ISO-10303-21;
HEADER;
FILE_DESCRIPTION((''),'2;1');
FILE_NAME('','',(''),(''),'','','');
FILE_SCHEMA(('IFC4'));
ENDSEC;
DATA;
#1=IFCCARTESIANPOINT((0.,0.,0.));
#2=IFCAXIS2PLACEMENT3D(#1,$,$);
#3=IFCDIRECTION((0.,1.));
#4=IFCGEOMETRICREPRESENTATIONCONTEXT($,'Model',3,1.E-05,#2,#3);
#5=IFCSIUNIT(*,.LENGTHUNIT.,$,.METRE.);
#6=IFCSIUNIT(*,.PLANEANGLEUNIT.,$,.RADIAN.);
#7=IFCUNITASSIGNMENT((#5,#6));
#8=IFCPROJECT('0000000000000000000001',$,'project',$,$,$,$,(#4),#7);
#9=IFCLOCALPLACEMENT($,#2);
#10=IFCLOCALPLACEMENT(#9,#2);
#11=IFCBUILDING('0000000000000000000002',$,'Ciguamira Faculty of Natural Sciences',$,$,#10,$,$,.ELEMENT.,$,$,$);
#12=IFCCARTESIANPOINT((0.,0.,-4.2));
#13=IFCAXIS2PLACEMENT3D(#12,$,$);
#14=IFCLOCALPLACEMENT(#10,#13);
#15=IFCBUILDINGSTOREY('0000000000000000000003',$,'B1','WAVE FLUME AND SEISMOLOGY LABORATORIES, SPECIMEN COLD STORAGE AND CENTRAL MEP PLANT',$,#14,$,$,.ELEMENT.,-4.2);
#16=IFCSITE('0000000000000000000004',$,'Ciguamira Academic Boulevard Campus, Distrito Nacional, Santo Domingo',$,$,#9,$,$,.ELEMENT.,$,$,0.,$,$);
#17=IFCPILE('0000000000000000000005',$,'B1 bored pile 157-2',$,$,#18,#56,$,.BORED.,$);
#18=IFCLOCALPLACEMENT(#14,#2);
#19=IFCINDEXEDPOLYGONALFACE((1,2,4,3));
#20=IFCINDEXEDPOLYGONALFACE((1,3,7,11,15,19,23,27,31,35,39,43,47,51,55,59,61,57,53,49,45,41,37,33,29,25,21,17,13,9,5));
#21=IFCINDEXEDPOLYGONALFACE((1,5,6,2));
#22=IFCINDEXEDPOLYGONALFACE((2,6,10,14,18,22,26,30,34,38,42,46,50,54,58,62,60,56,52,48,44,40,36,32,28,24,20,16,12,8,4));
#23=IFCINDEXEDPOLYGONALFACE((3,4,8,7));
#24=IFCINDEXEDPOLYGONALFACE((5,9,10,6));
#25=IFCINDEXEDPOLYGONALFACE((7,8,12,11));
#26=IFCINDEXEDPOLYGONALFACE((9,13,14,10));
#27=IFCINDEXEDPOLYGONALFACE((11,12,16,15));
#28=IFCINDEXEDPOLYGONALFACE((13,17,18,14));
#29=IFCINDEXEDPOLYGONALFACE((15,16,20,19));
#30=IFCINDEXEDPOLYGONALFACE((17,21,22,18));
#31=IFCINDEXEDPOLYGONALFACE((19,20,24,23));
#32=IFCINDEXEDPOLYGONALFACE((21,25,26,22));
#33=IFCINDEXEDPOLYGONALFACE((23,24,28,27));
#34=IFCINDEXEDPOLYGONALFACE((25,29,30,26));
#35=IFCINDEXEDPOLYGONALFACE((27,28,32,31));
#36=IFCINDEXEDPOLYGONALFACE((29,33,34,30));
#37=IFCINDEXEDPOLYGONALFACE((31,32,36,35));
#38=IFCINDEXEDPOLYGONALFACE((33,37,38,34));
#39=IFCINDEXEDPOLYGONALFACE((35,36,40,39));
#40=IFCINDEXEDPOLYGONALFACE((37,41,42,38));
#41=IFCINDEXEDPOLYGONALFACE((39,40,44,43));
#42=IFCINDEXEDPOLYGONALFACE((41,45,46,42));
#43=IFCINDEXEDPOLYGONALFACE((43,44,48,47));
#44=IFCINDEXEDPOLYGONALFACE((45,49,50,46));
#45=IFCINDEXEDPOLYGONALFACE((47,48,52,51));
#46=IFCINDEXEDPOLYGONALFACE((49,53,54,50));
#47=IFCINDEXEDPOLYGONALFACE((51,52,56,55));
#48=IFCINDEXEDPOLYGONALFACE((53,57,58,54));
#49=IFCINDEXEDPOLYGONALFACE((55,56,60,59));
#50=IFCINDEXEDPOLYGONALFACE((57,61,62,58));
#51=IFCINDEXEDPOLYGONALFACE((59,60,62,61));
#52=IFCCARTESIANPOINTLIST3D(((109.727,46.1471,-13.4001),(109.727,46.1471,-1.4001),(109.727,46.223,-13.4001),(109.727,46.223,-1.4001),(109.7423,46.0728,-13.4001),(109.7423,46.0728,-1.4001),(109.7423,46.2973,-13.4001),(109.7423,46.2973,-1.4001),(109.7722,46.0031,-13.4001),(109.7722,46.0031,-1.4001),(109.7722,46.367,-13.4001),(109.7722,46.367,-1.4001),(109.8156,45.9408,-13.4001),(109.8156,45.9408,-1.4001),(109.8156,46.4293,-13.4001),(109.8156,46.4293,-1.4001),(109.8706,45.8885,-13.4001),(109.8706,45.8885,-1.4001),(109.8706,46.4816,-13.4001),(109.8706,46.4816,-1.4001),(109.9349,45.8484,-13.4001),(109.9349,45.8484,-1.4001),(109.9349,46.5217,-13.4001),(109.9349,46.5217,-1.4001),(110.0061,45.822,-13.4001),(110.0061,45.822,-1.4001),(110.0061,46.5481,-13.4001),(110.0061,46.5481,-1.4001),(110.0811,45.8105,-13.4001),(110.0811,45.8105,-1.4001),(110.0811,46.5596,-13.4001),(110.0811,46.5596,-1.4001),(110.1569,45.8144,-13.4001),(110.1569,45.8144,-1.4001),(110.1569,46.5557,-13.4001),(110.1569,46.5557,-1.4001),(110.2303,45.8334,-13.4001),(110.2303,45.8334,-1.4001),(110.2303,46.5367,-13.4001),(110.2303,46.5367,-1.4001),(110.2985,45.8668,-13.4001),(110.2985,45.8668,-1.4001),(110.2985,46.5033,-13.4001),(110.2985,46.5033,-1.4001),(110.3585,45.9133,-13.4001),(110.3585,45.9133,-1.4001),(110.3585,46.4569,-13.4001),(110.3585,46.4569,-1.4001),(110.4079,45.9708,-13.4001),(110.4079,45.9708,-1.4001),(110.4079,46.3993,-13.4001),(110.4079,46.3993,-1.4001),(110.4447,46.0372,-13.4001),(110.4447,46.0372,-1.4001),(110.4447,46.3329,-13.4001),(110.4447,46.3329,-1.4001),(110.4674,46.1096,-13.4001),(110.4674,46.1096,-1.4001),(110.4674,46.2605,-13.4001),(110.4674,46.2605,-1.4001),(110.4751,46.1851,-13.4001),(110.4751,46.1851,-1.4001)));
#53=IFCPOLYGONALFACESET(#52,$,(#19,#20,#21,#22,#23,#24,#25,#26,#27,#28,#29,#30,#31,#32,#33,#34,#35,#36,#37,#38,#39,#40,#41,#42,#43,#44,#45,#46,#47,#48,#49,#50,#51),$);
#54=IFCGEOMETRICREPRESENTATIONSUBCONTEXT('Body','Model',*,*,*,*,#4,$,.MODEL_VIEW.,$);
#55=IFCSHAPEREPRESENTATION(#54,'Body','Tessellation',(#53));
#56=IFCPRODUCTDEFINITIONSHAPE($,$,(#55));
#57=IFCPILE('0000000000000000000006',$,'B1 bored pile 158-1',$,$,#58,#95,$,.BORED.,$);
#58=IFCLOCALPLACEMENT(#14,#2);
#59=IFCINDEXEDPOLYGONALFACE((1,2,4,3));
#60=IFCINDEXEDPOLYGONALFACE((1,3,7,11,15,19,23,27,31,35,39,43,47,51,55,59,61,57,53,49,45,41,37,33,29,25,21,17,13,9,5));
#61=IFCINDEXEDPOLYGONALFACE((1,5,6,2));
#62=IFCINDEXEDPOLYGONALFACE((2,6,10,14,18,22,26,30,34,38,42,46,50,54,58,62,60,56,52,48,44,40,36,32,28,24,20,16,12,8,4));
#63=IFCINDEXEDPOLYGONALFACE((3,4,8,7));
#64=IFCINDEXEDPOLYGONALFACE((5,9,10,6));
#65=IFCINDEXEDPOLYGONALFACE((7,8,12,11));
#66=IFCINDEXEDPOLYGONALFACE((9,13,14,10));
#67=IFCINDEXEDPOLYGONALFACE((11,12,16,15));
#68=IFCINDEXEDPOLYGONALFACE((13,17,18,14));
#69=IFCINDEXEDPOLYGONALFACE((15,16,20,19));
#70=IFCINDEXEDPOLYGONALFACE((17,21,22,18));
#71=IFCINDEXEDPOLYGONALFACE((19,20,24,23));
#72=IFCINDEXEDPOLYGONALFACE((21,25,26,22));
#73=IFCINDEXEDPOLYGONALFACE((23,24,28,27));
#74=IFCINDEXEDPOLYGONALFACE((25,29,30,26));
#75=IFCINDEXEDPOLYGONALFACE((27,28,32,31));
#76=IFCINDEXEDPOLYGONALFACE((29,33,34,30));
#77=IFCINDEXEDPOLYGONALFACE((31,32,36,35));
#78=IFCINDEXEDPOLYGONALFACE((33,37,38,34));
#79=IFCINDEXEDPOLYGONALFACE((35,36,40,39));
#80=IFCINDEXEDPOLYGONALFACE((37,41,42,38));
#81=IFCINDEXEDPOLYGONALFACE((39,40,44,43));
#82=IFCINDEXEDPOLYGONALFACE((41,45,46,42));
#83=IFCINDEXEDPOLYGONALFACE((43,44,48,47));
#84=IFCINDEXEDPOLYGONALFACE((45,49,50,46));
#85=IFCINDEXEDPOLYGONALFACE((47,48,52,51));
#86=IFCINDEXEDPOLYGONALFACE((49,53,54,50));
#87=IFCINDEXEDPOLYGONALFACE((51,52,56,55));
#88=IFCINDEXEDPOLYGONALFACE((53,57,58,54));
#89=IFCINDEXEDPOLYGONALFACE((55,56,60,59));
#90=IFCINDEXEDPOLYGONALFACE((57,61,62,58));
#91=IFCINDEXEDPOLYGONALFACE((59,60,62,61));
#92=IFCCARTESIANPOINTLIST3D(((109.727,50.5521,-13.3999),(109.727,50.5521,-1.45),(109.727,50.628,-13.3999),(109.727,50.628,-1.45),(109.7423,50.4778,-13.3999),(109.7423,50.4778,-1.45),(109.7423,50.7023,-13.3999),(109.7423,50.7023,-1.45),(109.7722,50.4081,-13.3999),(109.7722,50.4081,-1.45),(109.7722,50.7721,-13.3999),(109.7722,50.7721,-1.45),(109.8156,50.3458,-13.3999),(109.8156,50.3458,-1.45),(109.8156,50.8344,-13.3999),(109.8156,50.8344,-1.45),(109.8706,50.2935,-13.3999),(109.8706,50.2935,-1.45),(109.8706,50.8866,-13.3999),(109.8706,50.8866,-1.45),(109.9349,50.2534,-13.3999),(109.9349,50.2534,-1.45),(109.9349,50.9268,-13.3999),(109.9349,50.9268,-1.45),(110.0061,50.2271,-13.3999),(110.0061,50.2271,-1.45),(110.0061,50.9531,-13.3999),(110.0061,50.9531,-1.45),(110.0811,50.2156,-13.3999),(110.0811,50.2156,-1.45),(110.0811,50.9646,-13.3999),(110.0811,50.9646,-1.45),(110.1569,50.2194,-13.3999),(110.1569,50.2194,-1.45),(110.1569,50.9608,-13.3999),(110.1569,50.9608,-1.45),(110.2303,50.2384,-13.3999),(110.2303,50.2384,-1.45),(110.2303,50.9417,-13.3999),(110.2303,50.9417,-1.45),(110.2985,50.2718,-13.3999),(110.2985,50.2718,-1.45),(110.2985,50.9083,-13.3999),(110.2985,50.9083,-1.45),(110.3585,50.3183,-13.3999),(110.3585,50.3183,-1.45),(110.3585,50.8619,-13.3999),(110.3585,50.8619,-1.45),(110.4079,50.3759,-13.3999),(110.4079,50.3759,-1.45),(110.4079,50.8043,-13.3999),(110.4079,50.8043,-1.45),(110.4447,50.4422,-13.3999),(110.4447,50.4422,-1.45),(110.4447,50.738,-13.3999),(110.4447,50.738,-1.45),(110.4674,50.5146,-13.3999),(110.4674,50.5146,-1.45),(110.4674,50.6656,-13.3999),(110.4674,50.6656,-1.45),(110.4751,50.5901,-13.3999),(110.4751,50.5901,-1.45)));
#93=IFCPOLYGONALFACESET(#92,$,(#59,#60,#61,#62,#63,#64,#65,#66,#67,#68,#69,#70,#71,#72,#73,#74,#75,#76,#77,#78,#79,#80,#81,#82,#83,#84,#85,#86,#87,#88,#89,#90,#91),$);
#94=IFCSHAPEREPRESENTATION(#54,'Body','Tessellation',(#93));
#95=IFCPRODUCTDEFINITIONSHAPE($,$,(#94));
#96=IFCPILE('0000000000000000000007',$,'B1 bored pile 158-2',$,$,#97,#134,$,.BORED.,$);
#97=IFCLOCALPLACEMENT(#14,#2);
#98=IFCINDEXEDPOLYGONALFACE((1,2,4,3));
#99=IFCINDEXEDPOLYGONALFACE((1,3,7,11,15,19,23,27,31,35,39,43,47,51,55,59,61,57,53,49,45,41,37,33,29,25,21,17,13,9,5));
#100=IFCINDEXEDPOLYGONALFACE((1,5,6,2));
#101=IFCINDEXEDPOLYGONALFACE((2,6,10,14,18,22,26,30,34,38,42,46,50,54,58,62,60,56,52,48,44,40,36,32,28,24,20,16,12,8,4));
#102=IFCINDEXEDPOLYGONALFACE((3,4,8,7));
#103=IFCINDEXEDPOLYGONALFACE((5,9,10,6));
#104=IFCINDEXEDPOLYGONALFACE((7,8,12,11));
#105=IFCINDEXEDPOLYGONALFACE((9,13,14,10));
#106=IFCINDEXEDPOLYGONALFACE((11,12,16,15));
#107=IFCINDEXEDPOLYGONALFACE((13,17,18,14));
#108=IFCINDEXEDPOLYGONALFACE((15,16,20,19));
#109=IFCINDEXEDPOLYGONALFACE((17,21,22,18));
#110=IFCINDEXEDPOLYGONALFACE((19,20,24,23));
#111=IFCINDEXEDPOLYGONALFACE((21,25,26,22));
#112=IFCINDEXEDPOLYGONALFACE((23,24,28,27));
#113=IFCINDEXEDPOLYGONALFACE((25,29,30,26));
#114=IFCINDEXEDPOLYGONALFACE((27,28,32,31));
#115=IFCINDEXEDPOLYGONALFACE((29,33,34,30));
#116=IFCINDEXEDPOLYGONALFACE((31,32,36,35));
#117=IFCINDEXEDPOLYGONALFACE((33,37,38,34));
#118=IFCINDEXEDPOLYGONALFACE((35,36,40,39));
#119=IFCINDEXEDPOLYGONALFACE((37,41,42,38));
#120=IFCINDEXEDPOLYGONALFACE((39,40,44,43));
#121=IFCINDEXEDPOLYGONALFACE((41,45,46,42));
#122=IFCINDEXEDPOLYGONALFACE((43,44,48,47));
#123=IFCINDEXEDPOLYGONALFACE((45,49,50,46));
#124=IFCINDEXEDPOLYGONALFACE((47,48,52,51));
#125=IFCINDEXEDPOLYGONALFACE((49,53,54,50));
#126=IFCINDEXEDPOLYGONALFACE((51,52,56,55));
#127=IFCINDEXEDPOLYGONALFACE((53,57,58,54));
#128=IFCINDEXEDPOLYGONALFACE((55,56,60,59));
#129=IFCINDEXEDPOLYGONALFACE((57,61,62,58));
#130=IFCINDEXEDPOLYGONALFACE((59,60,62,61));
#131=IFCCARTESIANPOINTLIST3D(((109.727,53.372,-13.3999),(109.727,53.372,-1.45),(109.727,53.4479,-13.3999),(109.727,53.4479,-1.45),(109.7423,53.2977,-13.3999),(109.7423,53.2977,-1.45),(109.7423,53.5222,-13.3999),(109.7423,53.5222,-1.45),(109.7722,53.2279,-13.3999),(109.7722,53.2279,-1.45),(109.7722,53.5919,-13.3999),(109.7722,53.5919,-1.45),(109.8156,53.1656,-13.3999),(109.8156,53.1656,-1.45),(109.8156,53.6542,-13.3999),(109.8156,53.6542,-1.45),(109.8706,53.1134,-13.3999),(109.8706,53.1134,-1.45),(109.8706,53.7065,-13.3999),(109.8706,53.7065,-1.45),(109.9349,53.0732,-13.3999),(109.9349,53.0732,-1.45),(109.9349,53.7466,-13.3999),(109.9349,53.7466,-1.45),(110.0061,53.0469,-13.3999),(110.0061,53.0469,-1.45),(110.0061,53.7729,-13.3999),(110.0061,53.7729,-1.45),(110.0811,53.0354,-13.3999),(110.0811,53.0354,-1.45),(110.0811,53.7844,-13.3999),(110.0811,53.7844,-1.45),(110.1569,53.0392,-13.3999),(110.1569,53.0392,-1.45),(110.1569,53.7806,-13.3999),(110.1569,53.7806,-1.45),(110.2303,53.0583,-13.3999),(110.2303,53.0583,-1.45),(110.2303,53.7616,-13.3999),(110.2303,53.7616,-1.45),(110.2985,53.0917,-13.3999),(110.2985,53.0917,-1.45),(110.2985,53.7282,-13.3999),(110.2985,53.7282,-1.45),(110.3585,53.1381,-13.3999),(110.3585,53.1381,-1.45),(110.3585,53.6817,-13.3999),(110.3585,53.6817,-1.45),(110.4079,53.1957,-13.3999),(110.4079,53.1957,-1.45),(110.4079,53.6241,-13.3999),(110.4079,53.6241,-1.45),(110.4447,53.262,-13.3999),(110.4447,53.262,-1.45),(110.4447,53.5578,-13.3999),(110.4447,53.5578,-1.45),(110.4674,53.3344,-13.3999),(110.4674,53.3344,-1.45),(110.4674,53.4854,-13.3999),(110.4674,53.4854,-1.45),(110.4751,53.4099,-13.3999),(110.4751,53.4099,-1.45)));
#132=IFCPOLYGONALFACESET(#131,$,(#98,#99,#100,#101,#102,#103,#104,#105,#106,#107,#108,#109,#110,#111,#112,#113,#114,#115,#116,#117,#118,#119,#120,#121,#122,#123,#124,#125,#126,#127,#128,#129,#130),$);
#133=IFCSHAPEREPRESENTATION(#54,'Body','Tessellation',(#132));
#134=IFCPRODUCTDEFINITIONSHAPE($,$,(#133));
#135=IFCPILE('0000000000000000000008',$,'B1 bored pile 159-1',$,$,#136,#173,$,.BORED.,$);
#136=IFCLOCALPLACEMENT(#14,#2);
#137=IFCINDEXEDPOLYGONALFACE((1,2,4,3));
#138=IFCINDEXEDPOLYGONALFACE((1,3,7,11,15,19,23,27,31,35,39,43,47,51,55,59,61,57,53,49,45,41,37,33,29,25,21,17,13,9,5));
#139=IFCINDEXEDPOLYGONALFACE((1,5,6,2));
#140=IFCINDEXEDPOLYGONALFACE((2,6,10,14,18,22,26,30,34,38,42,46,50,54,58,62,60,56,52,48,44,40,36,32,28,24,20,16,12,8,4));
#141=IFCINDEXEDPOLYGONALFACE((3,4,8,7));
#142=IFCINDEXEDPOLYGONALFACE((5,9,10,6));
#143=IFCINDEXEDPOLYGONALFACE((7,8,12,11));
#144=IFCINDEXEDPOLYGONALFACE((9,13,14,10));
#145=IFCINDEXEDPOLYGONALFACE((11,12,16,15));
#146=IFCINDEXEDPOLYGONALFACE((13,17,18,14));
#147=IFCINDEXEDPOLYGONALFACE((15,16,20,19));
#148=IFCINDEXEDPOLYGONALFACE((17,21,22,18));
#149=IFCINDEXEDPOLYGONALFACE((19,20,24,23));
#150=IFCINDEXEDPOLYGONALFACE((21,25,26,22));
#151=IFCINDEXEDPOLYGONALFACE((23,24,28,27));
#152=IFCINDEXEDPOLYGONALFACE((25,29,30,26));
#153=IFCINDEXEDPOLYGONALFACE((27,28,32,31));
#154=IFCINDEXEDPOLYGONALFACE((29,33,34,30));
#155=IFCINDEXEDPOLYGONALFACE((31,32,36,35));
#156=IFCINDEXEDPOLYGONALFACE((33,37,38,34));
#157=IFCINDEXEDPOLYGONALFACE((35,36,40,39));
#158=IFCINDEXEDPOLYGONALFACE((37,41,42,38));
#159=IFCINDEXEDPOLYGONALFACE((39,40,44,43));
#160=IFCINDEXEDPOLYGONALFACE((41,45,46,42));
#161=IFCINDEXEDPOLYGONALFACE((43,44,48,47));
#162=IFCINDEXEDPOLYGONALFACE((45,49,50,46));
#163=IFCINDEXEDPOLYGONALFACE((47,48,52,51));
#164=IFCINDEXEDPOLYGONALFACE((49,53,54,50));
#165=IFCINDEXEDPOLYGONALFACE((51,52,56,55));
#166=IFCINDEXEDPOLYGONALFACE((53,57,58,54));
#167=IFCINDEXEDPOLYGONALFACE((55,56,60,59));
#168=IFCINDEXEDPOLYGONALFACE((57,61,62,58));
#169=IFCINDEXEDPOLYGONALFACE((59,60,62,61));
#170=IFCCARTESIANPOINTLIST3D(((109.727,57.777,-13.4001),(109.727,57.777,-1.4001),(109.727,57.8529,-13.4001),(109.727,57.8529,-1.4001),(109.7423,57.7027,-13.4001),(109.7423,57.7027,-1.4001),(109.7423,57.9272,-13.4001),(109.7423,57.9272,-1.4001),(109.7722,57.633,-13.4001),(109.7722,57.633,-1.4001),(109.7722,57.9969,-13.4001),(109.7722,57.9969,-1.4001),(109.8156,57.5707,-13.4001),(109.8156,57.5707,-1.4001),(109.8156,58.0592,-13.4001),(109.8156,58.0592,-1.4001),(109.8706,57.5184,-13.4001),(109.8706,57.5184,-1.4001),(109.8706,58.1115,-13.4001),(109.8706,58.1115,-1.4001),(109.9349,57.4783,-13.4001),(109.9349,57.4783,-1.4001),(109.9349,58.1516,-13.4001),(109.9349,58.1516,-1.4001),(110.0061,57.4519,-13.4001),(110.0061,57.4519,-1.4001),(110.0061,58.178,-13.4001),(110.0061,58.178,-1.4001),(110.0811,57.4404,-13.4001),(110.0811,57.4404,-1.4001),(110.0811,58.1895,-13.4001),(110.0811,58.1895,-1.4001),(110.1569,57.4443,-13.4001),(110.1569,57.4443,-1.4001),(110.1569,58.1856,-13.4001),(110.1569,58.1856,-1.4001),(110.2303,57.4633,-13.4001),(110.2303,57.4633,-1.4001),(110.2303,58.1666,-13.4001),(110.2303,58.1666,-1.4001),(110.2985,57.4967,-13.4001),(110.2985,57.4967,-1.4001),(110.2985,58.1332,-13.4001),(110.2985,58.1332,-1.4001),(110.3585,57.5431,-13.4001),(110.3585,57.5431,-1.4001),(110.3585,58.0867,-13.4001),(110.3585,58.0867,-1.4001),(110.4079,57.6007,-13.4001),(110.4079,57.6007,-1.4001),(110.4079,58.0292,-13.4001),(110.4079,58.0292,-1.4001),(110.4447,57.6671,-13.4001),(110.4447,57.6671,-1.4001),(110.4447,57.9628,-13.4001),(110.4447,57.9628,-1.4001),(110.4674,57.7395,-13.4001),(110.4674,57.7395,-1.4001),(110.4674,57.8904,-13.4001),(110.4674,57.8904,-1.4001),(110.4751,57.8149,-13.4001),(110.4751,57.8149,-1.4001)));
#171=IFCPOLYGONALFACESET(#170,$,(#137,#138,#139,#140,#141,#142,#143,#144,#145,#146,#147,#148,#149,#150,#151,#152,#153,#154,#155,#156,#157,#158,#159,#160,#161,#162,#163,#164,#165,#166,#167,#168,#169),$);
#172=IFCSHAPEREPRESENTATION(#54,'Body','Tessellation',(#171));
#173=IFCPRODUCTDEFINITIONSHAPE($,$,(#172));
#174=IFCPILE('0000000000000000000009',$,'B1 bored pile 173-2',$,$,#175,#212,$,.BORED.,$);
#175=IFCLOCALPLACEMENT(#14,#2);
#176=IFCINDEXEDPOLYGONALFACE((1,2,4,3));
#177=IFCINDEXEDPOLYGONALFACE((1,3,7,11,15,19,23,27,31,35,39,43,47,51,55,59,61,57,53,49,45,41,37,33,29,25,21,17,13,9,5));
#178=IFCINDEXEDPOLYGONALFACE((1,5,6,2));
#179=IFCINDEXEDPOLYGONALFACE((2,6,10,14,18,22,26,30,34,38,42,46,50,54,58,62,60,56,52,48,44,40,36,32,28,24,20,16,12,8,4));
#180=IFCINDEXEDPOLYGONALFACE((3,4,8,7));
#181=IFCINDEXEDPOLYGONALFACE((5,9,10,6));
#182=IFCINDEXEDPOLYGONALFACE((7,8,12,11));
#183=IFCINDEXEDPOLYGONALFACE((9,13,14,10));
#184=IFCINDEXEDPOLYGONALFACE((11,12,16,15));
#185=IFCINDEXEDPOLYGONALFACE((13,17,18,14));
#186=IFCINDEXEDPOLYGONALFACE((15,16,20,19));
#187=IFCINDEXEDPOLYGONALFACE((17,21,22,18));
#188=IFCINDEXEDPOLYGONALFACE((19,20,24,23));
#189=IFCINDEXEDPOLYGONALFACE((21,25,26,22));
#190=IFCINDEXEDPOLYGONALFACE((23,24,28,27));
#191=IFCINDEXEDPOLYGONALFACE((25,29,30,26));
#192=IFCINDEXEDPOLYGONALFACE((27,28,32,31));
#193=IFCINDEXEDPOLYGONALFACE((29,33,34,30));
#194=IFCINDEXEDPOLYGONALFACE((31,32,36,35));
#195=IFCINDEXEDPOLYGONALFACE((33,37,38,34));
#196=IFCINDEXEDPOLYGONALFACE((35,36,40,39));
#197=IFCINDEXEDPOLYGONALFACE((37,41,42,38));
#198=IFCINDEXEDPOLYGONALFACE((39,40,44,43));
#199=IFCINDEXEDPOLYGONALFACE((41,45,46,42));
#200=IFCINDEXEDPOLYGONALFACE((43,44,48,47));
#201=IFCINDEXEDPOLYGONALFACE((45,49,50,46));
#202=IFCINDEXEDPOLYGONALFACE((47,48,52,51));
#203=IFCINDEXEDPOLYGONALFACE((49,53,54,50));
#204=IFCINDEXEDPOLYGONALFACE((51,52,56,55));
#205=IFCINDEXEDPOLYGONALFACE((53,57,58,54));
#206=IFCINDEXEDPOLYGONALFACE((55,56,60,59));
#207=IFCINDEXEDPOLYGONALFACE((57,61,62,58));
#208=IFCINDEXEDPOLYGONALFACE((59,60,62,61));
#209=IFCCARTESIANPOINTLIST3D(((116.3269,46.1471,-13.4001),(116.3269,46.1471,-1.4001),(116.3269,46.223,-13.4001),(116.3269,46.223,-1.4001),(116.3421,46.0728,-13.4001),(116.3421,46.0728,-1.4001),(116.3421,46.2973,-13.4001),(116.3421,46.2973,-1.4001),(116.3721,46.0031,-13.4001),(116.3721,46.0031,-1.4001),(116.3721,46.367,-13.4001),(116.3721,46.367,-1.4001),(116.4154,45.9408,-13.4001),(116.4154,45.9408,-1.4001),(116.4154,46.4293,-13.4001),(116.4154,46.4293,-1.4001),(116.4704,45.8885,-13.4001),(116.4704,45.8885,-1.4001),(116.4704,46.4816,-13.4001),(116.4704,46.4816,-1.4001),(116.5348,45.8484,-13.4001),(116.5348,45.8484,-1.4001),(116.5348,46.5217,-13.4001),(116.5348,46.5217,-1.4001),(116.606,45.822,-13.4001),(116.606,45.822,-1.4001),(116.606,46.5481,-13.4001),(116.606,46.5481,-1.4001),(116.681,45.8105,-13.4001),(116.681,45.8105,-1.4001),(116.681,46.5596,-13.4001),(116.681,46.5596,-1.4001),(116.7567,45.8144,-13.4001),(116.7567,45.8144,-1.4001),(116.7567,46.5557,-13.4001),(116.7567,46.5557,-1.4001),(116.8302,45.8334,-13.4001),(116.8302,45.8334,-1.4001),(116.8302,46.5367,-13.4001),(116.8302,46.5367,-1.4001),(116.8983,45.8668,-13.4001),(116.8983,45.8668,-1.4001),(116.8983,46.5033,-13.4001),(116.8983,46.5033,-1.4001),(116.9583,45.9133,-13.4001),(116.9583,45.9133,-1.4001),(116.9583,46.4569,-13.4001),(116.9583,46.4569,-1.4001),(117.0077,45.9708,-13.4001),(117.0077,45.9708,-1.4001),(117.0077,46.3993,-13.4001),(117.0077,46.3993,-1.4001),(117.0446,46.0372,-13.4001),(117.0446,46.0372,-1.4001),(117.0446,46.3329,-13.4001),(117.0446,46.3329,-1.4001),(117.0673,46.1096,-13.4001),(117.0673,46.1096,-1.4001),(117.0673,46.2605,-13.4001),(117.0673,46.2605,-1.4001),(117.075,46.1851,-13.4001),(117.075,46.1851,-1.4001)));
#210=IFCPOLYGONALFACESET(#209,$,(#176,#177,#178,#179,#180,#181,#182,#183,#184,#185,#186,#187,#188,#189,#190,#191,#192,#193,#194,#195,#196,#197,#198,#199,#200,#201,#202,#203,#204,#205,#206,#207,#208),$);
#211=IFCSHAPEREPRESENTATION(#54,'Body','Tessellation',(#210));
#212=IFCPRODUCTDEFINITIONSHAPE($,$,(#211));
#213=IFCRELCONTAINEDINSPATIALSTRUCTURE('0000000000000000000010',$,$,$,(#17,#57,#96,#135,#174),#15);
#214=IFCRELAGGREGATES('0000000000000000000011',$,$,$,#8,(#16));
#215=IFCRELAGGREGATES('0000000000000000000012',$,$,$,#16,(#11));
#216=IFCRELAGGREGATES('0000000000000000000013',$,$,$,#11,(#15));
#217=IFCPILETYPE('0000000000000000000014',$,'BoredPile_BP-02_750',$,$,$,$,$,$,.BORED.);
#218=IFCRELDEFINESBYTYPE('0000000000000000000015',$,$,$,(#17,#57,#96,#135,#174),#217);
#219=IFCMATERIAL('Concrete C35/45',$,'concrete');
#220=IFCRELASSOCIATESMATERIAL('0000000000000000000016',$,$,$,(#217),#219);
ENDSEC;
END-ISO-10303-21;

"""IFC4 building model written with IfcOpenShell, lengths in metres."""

from ifc_helpers import new_model, si_unit, direction, frame, origin, origin_2d, place, context, subcontext, project, spatial, circle, extrude, material, material_profile, profile_set, type_object, element, save


model = new_model("IFC4")

# Units and contexts
model_context = context("Model", 3, precision=1e-05, world=origin(), true_north=direction((0.0, 1.0)))
body_context = subcontext(model_context, "Body", "Model", "MODEL_VIEW")
ifc_project = project(units=[si_unit("LENGTHUNIT", "METRE"), si_unit("PLANEANGLEUNIT", "RADIAN")], contexts=[model_context])

# Site, building, storey
site_placement = place(None, origin())
site = spatial("IfcSite", under=ifc_project, at=site_placement, Name="Ciguamira Academic Boulevard Campus, Distrito Nacional, Santo Domingo", CompositionType="ELEMENT", RefElevation=0.0)
building_placement = place(site_placement, origin())
building = spatial("IfcBuilding", under=site, at=building_placement, Name="Ciguamira Faculty of Natural Sciences", CompositionType="ELEMENT")
storey_placement = place(building_placement, frame((0.0, 0.0, -4.2)))
storey = spatial("IfcBuildingStorey", under=building, at=storey_placement, Name="B1", Description="WAVE FLUME AND SEISMOLOGY LABORATORIES, SPECIMEN COLD STORAGE AND CENTRAL MEP PLANT", CompositionType="ELEMENT", Elevation=-4.2)

# Piles
ifc_material_1 = material(Name="Concrete C35/45", Category="concrete")
ifc_material_profile_1 = material_profile(ifc_material_1, circle(Radius=0.375, at=origin_2d()), Name="PILE-BORED-750")
ifc_profile_set_1 = profile_set([ifc_material_profile_1], Name="Concrete C35/45")
pile_type = type_object("IfcPileType", Name="BoredPile_BP-02_750", PredefinedType="BORED", material=ifc_profile_set_1)
pile_1_placement = place(storey_placement, frame((110.1001, 46.1851, -1.4001), z_axis=(0.0, 0.0, -1.0), x_axis=(1.0, 0.0, 0.0)))
element("IfcPile", 1, at=pile_1_placement, inside=storey, type_object=pile_type, Name="B1 bored pile 157-2", PredefinedType="BORED", context=body_context, shape_type="SweptSolid", body=[
    extrude(circle(Radius=0.375, at=origin_2d()), origin(), (0.0, 0.0, 1.0), 12.0),
])
for number, where, z_axis, x_axis, name in (
    (2, (110.1001, 50.5901, -1.45), (0.0, 0.0, -1.0), (1.0, 0.0, 0.0), "B1 bored pile 158-1"),
    (3, (110.1001, 53.4099, -1.45), (0.0, 0.0, -1.0), (1.0, 0.0, 0.0), "B1 bored pile 158-2"),
):
    element("IfcPile", number, at=place(storey_placement, frame(where, z_axis=z_axis, x_axis=x_axis)), inside=storey, type_object=pile_type, Name=name, PredefinedType="BORED", context=body_context, shape_type="SweptSolid", body=[
        extrude(circle(Radius=0.375, at=origin_2d()), origin(), (0.0, 0.0, 1.0), 11.95),
    ])
for number, where, z_axis, x_axis, name in (
    (4, (110.1001, 57.8149, -1.4001), (0.0, 0.0, -1.0), (1.0, 0.0, 0.0), "B1 bored pile 159-1"),
    (5, (116.7, 46.1851, -1.4001), (0.0, 0.0, -1.0), (1.0, 0.0, 0.0), "B1 bored pile 173-2"),
):
    element("IfcPile", number, at=place(storey_placement, frame(where, z_axis=z_axis, x_axis=x_axis)), inside=storey, type_object=pile_type, Name=name, PredefinedType="BORED", context=body_context, shape_type="SweptSolid", body=[
        extrude(circle(Radius=0.375, at=origin_2d()), origin(), (0.0, 0.0, 1.0), 12.0),
    ])

save(model, "model.ifc")
